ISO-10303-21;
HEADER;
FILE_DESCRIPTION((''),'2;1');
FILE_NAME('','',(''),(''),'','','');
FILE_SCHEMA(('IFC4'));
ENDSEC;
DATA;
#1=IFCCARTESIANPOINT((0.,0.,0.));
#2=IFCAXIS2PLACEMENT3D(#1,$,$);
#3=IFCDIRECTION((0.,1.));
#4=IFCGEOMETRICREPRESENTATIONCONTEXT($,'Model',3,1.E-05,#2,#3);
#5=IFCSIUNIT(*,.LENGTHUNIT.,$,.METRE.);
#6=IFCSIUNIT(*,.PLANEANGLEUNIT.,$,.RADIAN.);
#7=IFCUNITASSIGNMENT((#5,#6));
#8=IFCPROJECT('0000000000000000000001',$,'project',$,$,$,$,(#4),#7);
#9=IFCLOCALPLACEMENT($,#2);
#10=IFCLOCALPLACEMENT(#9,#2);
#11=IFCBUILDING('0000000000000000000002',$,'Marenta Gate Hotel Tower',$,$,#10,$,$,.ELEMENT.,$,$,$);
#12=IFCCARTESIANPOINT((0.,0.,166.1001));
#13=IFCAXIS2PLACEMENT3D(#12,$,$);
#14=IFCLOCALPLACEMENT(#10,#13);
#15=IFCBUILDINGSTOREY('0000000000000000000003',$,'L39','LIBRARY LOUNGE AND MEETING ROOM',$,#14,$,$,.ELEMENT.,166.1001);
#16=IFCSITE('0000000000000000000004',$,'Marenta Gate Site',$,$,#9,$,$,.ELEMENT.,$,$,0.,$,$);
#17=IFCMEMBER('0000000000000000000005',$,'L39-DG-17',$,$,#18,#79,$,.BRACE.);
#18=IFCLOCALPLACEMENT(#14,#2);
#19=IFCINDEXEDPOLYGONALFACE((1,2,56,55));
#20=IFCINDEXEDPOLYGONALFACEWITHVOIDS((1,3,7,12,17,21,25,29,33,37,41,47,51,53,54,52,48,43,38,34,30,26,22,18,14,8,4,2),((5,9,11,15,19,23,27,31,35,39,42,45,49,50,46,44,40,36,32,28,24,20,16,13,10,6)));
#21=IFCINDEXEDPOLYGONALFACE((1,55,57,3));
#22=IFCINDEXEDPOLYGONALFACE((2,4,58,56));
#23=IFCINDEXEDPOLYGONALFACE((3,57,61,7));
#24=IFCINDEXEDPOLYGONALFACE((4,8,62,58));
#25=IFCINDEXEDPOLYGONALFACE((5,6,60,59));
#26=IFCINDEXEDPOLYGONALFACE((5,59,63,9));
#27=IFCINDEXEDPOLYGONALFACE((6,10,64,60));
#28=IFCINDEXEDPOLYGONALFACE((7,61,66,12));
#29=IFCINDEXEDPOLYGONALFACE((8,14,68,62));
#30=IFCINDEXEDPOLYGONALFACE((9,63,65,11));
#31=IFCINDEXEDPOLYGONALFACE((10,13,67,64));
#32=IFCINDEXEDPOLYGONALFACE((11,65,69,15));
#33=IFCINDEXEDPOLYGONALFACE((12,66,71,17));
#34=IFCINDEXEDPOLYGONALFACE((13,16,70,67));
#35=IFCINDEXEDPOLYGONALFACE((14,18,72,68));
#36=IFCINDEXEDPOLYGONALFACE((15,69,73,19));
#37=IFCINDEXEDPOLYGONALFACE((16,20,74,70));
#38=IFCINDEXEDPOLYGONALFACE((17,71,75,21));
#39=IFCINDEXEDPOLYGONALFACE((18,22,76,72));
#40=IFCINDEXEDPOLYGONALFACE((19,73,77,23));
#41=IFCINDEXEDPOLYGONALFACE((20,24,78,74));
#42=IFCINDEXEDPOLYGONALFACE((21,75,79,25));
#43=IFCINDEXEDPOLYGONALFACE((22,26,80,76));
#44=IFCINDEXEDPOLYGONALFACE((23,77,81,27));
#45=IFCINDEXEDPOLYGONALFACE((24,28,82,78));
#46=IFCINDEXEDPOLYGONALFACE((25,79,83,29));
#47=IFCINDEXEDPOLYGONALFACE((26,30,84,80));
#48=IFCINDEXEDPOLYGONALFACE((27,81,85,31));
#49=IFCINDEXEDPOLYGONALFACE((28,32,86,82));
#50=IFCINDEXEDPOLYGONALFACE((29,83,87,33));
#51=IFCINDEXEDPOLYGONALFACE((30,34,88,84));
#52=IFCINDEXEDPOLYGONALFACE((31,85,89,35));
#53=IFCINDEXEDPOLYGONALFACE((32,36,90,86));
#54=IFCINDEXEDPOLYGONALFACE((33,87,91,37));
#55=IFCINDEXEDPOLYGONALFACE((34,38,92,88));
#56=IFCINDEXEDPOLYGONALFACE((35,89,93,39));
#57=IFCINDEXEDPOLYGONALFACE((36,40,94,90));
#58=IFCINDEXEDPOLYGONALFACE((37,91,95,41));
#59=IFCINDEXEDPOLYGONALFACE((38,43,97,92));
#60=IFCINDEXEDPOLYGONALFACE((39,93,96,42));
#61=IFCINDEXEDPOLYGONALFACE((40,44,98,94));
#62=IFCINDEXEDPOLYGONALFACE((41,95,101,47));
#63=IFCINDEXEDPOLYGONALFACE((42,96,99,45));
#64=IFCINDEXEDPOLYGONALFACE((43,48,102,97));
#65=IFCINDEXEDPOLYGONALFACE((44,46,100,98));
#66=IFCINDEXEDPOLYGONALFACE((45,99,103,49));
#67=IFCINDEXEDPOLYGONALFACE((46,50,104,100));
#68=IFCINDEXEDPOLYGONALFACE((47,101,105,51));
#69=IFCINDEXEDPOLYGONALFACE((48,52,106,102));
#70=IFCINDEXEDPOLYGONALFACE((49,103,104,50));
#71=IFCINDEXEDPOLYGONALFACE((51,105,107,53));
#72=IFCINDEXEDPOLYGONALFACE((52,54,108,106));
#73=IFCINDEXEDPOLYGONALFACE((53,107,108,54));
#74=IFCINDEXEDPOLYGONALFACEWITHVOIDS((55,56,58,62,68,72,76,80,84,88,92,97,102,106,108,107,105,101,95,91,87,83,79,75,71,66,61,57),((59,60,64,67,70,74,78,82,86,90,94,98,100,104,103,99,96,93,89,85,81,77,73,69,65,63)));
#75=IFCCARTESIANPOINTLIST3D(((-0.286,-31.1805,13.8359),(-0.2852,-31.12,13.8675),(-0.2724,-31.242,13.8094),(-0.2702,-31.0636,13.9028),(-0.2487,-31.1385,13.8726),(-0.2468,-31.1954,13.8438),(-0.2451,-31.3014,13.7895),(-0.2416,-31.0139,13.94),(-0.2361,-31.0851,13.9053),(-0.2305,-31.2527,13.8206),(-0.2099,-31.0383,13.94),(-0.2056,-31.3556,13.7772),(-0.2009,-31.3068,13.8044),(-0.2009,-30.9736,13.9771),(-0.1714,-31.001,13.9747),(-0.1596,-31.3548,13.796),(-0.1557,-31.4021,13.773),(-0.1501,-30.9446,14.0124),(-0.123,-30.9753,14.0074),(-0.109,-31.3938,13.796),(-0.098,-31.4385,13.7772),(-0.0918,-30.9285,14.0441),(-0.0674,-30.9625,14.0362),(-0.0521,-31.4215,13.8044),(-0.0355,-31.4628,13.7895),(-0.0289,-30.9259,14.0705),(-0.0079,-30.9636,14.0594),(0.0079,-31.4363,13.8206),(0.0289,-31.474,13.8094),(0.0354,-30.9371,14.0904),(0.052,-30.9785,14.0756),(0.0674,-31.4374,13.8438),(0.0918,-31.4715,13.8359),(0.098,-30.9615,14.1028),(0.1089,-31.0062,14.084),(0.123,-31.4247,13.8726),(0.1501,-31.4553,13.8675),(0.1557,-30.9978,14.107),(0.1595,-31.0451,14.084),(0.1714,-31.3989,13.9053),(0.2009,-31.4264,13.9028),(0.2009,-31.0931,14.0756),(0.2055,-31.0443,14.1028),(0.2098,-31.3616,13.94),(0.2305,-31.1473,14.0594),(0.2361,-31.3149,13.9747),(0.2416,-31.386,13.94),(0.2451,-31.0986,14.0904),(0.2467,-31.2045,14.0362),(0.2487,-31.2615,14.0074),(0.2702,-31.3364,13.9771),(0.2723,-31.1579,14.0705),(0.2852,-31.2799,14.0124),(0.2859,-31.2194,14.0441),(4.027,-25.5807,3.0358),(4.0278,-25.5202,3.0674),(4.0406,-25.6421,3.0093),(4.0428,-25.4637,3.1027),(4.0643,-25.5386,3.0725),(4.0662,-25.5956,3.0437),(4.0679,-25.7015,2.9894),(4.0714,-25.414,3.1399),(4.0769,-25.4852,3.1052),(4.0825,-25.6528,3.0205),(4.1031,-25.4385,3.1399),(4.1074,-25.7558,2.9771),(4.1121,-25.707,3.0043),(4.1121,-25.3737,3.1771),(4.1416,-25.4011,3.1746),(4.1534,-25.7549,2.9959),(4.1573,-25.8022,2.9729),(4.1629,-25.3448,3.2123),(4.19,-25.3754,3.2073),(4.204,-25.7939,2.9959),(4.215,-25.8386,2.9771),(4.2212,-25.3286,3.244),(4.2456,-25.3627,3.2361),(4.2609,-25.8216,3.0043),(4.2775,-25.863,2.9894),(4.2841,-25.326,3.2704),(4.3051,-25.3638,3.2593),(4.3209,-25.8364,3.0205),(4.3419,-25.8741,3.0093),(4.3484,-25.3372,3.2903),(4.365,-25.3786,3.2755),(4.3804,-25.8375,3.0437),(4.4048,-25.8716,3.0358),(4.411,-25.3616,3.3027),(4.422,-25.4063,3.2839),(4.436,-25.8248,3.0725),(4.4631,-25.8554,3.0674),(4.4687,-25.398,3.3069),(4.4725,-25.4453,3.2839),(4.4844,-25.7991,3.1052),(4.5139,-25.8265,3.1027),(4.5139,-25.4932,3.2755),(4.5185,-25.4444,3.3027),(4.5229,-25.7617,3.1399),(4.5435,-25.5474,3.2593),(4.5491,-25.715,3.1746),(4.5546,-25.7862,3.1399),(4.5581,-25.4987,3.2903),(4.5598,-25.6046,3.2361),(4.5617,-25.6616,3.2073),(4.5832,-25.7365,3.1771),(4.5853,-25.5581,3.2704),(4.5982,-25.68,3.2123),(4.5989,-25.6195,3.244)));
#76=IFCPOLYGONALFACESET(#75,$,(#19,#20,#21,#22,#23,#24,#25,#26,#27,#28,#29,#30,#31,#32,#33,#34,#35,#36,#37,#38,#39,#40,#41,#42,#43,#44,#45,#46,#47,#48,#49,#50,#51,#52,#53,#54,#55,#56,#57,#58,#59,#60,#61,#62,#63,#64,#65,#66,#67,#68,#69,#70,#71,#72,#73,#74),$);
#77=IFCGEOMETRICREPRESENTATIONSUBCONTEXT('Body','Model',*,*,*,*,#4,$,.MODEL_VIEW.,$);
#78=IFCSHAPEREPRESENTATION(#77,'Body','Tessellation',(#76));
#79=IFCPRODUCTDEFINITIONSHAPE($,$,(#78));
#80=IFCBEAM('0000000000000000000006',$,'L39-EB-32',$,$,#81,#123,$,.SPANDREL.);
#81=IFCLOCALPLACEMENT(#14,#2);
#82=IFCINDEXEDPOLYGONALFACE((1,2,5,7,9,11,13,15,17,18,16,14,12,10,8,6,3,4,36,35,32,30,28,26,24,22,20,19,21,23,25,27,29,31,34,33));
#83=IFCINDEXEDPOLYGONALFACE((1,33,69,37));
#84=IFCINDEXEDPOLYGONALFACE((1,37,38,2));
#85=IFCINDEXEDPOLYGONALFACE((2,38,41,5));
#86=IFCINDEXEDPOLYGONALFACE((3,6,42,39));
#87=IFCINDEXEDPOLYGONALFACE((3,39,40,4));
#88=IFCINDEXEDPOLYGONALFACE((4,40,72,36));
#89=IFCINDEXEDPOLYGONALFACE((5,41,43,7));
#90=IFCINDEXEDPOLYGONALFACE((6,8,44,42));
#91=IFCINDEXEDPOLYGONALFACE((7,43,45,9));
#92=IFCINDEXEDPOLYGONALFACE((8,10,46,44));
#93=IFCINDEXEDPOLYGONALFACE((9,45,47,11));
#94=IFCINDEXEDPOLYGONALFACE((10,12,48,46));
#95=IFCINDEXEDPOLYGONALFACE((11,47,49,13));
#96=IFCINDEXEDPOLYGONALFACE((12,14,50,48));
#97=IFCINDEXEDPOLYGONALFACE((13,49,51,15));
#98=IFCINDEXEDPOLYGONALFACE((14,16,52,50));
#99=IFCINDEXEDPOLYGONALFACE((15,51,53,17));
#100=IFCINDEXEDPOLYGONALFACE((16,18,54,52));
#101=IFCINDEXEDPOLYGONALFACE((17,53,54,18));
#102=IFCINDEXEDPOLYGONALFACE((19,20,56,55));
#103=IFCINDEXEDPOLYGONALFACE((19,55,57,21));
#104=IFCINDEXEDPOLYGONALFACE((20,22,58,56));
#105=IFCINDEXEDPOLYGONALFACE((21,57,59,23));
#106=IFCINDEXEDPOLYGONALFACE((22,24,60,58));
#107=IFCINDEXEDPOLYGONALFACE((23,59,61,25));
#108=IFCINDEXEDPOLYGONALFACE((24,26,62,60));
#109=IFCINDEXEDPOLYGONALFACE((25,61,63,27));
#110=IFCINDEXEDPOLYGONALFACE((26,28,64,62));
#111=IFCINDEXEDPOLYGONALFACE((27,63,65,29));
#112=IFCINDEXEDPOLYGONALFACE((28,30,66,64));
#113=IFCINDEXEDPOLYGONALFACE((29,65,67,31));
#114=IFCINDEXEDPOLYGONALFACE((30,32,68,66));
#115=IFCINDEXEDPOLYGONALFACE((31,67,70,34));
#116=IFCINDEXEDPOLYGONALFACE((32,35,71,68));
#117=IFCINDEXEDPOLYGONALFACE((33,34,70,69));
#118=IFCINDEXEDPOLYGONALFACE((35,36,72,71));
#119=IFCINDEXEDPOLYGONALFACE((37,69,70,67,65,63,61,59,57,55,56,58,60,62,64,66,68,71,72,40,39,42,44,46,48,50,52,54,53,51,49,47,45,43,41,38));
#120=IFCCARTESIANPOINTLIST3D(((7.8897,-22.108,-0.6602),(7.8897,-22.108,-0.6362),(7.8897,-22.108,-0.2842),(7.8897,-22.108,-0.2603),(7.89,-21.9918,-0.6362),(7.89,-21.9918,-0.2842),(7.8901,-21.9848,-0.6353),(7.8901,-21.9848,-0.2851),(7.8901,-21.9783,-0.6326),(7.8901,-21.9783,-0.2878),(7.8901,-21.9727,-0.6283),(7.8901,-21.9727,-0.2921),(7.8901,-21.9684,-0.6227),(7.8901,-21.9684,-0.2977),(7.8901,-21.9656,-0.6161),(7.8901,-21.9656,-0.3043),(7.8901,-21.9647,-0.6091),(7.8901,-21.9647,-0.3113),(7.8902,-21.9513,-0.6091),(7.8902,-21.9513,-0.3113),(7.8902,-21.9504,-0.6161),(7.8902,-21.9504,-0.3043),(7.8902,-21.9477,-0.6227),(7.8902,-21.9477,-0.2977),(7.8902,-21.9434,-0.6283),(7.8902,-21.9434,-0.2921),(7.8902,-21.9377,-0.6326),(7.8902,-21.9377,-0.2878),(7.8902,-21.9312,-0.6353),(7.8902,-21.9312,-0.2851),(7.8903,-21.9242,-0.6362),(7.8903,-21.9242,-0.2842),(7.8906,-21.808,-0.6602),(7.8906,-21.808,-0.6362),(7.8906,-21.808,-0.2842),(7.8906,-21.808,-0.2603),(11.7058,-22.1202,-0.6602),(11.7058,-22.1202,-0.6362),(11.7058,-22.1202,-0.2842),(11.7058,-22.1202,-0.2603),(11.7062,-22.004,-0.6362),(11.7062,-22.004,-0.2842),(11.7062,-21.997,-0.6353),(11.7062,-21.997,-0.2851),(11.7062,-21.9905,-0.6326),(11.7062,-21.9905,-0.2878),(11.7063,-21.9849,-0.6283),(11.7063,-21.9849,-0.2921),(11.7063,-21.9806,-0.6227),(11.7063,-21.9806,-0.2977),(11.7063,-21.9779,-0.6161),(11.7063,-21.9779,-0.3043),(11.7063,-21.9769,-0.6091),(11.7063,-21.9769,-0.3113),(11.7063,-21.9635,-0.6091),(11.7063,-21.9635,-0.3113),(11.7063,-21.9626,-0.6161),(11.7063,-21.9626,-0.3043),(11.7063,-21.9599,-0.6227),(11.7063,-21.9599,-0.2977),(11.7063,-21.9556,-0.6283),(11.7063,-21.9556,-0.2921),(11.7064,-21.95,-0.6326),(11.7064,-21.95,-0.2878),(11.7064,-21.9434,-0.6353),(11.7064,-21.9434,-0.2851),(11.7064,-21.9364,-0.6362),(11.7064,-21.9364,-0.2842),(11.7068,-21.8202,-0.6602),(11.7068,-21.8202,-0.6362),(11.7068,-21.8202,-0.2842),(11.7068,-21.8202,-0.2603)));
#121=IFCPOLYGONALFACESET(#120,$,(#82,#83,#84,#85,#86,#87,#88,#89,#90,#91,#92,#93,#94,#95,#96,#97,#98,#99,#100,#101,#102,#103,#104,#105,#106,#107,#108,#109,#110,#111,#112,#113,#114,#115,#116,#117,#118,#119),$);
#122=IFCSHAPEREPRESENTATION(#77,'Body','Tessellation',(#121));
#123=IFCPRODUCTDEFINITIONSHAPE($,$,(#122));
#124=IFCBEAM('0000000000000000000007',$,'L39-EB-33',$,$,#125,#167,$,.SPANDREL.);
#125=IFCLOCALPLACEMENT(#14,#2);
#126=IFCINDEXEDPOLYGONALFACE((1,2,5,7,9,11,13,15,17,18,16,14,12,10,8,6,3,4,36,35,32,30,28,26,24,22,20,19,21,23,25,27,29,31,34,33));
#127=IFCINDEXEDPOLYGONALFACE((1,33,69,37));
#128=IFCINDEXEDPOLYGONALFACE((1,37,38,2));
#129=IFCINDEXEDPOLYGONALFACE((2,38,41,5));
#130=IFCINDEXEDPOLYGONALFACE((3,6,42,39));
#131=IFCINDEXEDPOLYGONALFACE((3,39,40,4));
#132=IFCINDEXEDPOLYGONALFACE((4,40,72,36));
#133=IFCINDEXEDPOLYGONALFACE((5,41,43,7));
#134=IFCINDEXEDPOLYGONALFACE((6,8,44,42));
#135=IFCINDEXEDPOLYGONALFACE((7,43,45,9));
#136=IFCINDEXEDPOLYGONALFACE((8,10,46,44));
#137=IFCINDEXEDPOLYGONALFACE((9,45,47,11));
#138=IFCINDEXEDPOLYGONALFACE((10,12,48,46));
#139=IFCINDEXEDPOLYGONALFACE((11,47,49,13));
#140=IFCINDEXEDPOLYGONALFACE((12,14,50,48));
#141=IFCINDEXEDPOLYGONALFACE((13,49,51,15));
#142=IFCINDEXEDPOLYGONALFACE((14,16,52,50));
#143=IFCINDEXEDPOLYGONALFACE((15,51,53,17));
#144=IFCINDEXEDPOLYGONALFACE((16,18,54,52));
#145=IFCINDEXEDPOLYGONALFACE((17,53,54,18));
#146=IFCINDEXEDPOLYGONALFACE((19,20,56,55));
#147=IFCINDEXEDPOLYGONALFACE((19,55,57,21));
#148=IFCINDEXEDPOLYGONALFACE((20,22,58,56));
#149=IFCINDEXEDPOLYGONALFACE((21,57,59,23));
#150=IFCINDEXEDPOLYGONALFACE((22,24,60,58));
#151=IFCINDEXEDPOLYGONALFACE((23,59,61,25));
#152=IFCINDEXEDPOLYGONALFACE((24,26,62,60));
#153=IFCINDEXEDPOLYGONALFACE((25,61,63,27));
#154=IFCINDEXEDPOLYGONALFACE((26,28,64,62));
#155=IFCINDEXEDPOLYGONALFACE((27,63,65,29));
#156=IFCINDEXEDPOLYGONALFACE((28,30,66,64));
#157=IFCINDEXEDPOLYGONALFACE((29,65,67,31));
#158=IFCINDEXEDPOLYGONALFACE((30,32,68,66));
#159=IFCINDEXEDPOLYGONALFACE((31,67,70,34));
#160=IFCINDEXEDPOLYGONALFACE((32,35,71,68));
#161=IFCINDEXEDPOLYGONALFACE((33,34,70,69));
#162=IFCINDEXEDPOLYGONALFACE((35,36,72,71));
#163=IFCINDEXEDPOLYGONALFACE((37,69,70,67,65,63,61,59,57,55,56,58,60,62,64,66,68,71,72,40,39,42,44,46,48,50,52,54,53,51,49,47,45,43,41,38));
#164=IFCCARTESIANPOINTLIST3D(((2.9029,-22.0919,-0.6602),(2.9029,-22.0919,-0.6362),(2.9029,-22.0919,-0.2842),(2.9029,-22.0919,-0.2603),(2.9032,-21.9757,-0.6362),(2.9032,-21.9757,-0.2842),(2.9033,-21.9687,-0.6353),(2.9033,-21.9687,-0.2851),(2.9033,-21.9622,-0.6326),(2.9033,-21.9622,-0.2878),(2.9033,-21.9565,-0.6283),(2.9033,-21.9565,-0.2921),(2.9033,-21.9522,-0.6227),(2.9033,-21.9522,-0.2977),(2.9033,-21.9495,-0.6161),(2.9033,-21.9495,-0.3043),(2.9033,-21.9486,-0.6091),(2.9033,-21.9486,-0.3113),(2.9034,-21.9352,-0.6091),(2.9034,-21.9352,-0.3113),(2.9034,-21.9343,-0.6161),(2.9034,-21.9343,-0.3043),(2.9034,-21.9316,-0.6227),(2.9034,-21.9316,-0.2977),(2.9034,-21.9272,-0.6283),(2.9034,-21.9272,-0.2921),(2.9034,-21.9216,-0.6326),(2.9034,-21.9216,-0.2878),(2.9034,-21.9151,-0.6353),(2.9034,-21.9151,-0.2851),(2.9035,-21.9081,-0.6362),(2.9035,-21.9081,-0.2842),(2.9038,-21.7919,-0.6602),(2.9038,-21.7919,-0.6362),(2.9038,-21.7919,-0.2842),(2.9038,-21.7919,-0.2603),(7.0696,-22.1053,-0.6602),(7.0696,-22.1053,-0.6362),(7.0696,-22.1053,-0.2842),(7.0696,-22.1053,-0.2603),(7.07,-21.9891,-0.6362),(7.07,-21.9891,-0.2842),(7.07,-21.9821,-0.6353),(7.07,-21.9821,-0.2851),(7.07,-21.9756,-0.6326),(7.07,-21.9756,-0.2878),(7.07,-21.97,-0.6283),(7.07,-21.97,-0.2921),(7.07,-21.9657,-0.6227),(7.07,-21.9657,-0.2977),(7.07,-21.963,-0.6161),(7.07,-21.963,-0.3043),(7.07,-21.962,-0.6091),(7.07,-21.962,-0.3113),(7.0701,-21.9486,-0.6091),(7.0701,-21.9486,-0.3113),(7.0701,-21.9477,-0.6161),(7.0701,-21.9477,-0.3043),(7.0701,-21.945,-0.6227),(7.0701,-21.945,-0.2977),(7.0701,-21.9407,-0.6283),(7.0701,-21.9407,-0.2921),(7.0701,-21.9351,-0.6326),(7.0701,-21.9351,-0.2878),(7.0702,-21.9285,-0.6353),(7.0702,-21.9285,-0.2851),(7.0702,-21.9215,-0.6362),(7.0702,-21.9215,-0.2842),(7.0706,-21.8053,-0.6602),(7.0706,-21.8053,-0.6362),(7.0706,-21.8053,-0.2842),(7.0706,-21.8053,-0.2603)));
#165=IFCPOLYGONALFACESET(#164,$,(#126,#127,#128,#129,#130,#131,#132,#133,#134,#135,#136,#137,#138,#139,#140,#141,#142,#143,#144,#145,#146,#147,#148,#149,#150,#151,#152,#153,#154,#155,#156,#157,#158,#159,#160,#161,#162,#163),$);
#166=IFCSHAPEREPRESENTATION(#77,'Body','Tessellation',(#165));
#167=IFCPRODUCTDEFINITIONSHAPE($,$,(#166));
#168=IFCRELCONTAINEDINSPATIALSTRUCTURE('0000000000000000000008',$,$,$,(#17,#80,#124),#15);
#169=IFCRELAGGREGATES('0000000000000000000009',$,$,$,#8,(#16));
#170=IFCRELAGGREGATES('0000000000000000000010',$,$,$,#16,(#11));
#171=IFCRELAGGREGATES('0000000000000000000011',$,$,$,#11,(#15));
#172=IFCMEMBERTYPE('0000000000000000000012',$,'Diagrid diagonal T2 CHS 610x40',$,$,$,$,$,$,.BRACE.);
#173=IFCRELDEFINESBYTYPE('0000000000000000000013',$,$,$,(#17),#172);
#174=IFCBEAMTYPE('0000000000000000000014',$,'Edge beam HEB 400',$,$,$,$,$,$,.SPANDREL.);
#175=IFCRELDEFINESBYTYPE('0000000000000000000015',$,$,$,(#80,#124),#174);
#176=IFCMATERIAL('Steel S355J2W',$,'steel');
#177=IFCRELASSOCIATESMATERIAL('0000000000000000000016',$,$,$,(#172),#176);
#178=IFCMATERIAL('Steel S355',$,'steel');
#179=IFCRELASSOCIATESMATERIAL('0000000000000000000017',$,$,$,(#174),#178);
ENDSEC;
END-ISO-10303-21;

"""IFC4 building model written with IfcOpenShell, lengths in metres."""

from ifc_helpers import new_model, si_unit, direction, frame, origin, origin_2d, place, context, subcontext, project, spatial, hollow_circle, i_section, extrude, material, material_profile, profile_set, type_object, element, save


model = new_model("IFC4")

# Units and contexts
model_context = context("Model", 3, precision=1e-05, world=origin(), true_north=direction((0.0, 1.0)))
body_context = subcontext(model_context, "Body", "Model", "MODEL_VIEW")
ifc_project = project(units=[si_unit("LENGTHUNIT", "METRE"), si_unit("PLANEANGLEUNIT", "RADIAN")], contexts=[model_context])

# Site, building, storey
site_placement = place(None, origin())
site = spatial("IfcSite", under=ifc_project, at=site_placement, Name="Marenta Gate Site", CompositionType="ELEMENT", RefElevation=0.0)
building_placement = place(site_placement, origin())
building = spatial("IfcBuilding", under=site, at=building_placement, Name="Marenta Gate Hotel Tower", CompositionType="ELEMENT")
storey_placement = place(building_placement, frame((0.0, 0.0, 166.1001)))
storey = spatial("IfcBuildingStorey", under=building, at=storey_placement, Name="L39", Description="LIBRARY LOUNGE AND MEETING ROOM", CompositionType="ELEMENT", Elevation=166.1001)

# Member
ifc_material_1 = material(Name="Steel S355J2W", Category="steel")
ifc_material_profile_1 = material_profile(ifc_material_1, hollow_circle(Radius=0.3049, WallThickness=0.04, at=origin_2d()), Name="CHS 610x40")
ifc_profile_set_1 = profile_set([ifc_material_profile_1], Name="Steel S355J2W")
member_type_1 = type_object("IfcMemberType", Name="Diagrid diagonal T2 CHS 610x40", PredefinedType="BRACE", material=ifc_profile_set_1)
member_1_placement = place(storey_placement, frame((4.313, -25.6001, 3.1399), z_axis=(-0.334148, -0.433848, 0.836732), x_axis=(0.792254, -0.610191, 0.0)))
element("IfcMember", 1, at=member_1_placement, inside=storey, type_object=member_type_1, Name="L39-DG-17", PredefinedType="BRACE", context=body_context, shape_type="SweptSolid", body=[
    extrude(hollow_circle(Radius=0.3049, WallThickness=0.04, at=origin_2d()), origin(), (0.0, 0.0, 1.0), 12.9075),
])

# Beams
ifc_material_2 = material(Name="Steel S355", Category="steel")
ifc_material_profile_2 = material_profile(ifc_material_2, i_section(OverallWidth=0.3, OverallDepth=0.3999, WebThickness=0.0134, FlangeThickness=0.0239, FilletRadius=0.0271, at=origin_2d()), Name="HEB 400")
ifc_profile_set_2 = profile_set([ifc_material_profile_2], Name="Steel S355")
beam_type_1 = type_object("IfcBeamType", Name="Edge beam HEB 400", PredefinedType="SPANDREL", material=ifc_profile_set_2)
beam_1_placement = place(storey_placement, frame((11.7063, -21.9702, -0.4602), z_axis=(-0.999995, 0.003199, 0.0), x_axis=(-0.003199, -0.999995, 0.0)))
element("IfcBeam", 2, at=beam_1_placement, inside=storey, type_object=beam_type_1, Name="L39-EB-32", PredefinedType="SPANDREL", context=body_context, shape_type="SweptSolid", body=[
    extrude(i_section(OverallWidth=0.3, OverallDepth=0.3999, WebThickness=0.0134, FlangeThickness=0.0239, FilletRadius=0.0271, at=origin_2d()), origin(), (0.0, 0.0, 1.0), 3.8162),
])
beam_2_placement = place(storey_placement, frame((7.0701, -21.9553, -0.4602), z_axis=(-0.999995, 0.003223, 0.0), x_axis=(-0.003223, -0.999995, 0.0)))
element("IfcBeam", 3, at=beam_2_placement, inside=storey, type_object=beam_type_1, Name="L39-EB-33", PredefinedType="SPANDREL", context=body_context, shape_type="SweptSolid", body=[
    extrude(i_section(OverallWidth=0.3, OverallDepth=0.3999, WebThickness=0.0134, FlangeThickness=0.0239, FilletRadius=0.0271, at=origin_2d()), origin(), (0.0, 0.0, 1.0), 4.1667),
])

save(model, "model.ifc")
